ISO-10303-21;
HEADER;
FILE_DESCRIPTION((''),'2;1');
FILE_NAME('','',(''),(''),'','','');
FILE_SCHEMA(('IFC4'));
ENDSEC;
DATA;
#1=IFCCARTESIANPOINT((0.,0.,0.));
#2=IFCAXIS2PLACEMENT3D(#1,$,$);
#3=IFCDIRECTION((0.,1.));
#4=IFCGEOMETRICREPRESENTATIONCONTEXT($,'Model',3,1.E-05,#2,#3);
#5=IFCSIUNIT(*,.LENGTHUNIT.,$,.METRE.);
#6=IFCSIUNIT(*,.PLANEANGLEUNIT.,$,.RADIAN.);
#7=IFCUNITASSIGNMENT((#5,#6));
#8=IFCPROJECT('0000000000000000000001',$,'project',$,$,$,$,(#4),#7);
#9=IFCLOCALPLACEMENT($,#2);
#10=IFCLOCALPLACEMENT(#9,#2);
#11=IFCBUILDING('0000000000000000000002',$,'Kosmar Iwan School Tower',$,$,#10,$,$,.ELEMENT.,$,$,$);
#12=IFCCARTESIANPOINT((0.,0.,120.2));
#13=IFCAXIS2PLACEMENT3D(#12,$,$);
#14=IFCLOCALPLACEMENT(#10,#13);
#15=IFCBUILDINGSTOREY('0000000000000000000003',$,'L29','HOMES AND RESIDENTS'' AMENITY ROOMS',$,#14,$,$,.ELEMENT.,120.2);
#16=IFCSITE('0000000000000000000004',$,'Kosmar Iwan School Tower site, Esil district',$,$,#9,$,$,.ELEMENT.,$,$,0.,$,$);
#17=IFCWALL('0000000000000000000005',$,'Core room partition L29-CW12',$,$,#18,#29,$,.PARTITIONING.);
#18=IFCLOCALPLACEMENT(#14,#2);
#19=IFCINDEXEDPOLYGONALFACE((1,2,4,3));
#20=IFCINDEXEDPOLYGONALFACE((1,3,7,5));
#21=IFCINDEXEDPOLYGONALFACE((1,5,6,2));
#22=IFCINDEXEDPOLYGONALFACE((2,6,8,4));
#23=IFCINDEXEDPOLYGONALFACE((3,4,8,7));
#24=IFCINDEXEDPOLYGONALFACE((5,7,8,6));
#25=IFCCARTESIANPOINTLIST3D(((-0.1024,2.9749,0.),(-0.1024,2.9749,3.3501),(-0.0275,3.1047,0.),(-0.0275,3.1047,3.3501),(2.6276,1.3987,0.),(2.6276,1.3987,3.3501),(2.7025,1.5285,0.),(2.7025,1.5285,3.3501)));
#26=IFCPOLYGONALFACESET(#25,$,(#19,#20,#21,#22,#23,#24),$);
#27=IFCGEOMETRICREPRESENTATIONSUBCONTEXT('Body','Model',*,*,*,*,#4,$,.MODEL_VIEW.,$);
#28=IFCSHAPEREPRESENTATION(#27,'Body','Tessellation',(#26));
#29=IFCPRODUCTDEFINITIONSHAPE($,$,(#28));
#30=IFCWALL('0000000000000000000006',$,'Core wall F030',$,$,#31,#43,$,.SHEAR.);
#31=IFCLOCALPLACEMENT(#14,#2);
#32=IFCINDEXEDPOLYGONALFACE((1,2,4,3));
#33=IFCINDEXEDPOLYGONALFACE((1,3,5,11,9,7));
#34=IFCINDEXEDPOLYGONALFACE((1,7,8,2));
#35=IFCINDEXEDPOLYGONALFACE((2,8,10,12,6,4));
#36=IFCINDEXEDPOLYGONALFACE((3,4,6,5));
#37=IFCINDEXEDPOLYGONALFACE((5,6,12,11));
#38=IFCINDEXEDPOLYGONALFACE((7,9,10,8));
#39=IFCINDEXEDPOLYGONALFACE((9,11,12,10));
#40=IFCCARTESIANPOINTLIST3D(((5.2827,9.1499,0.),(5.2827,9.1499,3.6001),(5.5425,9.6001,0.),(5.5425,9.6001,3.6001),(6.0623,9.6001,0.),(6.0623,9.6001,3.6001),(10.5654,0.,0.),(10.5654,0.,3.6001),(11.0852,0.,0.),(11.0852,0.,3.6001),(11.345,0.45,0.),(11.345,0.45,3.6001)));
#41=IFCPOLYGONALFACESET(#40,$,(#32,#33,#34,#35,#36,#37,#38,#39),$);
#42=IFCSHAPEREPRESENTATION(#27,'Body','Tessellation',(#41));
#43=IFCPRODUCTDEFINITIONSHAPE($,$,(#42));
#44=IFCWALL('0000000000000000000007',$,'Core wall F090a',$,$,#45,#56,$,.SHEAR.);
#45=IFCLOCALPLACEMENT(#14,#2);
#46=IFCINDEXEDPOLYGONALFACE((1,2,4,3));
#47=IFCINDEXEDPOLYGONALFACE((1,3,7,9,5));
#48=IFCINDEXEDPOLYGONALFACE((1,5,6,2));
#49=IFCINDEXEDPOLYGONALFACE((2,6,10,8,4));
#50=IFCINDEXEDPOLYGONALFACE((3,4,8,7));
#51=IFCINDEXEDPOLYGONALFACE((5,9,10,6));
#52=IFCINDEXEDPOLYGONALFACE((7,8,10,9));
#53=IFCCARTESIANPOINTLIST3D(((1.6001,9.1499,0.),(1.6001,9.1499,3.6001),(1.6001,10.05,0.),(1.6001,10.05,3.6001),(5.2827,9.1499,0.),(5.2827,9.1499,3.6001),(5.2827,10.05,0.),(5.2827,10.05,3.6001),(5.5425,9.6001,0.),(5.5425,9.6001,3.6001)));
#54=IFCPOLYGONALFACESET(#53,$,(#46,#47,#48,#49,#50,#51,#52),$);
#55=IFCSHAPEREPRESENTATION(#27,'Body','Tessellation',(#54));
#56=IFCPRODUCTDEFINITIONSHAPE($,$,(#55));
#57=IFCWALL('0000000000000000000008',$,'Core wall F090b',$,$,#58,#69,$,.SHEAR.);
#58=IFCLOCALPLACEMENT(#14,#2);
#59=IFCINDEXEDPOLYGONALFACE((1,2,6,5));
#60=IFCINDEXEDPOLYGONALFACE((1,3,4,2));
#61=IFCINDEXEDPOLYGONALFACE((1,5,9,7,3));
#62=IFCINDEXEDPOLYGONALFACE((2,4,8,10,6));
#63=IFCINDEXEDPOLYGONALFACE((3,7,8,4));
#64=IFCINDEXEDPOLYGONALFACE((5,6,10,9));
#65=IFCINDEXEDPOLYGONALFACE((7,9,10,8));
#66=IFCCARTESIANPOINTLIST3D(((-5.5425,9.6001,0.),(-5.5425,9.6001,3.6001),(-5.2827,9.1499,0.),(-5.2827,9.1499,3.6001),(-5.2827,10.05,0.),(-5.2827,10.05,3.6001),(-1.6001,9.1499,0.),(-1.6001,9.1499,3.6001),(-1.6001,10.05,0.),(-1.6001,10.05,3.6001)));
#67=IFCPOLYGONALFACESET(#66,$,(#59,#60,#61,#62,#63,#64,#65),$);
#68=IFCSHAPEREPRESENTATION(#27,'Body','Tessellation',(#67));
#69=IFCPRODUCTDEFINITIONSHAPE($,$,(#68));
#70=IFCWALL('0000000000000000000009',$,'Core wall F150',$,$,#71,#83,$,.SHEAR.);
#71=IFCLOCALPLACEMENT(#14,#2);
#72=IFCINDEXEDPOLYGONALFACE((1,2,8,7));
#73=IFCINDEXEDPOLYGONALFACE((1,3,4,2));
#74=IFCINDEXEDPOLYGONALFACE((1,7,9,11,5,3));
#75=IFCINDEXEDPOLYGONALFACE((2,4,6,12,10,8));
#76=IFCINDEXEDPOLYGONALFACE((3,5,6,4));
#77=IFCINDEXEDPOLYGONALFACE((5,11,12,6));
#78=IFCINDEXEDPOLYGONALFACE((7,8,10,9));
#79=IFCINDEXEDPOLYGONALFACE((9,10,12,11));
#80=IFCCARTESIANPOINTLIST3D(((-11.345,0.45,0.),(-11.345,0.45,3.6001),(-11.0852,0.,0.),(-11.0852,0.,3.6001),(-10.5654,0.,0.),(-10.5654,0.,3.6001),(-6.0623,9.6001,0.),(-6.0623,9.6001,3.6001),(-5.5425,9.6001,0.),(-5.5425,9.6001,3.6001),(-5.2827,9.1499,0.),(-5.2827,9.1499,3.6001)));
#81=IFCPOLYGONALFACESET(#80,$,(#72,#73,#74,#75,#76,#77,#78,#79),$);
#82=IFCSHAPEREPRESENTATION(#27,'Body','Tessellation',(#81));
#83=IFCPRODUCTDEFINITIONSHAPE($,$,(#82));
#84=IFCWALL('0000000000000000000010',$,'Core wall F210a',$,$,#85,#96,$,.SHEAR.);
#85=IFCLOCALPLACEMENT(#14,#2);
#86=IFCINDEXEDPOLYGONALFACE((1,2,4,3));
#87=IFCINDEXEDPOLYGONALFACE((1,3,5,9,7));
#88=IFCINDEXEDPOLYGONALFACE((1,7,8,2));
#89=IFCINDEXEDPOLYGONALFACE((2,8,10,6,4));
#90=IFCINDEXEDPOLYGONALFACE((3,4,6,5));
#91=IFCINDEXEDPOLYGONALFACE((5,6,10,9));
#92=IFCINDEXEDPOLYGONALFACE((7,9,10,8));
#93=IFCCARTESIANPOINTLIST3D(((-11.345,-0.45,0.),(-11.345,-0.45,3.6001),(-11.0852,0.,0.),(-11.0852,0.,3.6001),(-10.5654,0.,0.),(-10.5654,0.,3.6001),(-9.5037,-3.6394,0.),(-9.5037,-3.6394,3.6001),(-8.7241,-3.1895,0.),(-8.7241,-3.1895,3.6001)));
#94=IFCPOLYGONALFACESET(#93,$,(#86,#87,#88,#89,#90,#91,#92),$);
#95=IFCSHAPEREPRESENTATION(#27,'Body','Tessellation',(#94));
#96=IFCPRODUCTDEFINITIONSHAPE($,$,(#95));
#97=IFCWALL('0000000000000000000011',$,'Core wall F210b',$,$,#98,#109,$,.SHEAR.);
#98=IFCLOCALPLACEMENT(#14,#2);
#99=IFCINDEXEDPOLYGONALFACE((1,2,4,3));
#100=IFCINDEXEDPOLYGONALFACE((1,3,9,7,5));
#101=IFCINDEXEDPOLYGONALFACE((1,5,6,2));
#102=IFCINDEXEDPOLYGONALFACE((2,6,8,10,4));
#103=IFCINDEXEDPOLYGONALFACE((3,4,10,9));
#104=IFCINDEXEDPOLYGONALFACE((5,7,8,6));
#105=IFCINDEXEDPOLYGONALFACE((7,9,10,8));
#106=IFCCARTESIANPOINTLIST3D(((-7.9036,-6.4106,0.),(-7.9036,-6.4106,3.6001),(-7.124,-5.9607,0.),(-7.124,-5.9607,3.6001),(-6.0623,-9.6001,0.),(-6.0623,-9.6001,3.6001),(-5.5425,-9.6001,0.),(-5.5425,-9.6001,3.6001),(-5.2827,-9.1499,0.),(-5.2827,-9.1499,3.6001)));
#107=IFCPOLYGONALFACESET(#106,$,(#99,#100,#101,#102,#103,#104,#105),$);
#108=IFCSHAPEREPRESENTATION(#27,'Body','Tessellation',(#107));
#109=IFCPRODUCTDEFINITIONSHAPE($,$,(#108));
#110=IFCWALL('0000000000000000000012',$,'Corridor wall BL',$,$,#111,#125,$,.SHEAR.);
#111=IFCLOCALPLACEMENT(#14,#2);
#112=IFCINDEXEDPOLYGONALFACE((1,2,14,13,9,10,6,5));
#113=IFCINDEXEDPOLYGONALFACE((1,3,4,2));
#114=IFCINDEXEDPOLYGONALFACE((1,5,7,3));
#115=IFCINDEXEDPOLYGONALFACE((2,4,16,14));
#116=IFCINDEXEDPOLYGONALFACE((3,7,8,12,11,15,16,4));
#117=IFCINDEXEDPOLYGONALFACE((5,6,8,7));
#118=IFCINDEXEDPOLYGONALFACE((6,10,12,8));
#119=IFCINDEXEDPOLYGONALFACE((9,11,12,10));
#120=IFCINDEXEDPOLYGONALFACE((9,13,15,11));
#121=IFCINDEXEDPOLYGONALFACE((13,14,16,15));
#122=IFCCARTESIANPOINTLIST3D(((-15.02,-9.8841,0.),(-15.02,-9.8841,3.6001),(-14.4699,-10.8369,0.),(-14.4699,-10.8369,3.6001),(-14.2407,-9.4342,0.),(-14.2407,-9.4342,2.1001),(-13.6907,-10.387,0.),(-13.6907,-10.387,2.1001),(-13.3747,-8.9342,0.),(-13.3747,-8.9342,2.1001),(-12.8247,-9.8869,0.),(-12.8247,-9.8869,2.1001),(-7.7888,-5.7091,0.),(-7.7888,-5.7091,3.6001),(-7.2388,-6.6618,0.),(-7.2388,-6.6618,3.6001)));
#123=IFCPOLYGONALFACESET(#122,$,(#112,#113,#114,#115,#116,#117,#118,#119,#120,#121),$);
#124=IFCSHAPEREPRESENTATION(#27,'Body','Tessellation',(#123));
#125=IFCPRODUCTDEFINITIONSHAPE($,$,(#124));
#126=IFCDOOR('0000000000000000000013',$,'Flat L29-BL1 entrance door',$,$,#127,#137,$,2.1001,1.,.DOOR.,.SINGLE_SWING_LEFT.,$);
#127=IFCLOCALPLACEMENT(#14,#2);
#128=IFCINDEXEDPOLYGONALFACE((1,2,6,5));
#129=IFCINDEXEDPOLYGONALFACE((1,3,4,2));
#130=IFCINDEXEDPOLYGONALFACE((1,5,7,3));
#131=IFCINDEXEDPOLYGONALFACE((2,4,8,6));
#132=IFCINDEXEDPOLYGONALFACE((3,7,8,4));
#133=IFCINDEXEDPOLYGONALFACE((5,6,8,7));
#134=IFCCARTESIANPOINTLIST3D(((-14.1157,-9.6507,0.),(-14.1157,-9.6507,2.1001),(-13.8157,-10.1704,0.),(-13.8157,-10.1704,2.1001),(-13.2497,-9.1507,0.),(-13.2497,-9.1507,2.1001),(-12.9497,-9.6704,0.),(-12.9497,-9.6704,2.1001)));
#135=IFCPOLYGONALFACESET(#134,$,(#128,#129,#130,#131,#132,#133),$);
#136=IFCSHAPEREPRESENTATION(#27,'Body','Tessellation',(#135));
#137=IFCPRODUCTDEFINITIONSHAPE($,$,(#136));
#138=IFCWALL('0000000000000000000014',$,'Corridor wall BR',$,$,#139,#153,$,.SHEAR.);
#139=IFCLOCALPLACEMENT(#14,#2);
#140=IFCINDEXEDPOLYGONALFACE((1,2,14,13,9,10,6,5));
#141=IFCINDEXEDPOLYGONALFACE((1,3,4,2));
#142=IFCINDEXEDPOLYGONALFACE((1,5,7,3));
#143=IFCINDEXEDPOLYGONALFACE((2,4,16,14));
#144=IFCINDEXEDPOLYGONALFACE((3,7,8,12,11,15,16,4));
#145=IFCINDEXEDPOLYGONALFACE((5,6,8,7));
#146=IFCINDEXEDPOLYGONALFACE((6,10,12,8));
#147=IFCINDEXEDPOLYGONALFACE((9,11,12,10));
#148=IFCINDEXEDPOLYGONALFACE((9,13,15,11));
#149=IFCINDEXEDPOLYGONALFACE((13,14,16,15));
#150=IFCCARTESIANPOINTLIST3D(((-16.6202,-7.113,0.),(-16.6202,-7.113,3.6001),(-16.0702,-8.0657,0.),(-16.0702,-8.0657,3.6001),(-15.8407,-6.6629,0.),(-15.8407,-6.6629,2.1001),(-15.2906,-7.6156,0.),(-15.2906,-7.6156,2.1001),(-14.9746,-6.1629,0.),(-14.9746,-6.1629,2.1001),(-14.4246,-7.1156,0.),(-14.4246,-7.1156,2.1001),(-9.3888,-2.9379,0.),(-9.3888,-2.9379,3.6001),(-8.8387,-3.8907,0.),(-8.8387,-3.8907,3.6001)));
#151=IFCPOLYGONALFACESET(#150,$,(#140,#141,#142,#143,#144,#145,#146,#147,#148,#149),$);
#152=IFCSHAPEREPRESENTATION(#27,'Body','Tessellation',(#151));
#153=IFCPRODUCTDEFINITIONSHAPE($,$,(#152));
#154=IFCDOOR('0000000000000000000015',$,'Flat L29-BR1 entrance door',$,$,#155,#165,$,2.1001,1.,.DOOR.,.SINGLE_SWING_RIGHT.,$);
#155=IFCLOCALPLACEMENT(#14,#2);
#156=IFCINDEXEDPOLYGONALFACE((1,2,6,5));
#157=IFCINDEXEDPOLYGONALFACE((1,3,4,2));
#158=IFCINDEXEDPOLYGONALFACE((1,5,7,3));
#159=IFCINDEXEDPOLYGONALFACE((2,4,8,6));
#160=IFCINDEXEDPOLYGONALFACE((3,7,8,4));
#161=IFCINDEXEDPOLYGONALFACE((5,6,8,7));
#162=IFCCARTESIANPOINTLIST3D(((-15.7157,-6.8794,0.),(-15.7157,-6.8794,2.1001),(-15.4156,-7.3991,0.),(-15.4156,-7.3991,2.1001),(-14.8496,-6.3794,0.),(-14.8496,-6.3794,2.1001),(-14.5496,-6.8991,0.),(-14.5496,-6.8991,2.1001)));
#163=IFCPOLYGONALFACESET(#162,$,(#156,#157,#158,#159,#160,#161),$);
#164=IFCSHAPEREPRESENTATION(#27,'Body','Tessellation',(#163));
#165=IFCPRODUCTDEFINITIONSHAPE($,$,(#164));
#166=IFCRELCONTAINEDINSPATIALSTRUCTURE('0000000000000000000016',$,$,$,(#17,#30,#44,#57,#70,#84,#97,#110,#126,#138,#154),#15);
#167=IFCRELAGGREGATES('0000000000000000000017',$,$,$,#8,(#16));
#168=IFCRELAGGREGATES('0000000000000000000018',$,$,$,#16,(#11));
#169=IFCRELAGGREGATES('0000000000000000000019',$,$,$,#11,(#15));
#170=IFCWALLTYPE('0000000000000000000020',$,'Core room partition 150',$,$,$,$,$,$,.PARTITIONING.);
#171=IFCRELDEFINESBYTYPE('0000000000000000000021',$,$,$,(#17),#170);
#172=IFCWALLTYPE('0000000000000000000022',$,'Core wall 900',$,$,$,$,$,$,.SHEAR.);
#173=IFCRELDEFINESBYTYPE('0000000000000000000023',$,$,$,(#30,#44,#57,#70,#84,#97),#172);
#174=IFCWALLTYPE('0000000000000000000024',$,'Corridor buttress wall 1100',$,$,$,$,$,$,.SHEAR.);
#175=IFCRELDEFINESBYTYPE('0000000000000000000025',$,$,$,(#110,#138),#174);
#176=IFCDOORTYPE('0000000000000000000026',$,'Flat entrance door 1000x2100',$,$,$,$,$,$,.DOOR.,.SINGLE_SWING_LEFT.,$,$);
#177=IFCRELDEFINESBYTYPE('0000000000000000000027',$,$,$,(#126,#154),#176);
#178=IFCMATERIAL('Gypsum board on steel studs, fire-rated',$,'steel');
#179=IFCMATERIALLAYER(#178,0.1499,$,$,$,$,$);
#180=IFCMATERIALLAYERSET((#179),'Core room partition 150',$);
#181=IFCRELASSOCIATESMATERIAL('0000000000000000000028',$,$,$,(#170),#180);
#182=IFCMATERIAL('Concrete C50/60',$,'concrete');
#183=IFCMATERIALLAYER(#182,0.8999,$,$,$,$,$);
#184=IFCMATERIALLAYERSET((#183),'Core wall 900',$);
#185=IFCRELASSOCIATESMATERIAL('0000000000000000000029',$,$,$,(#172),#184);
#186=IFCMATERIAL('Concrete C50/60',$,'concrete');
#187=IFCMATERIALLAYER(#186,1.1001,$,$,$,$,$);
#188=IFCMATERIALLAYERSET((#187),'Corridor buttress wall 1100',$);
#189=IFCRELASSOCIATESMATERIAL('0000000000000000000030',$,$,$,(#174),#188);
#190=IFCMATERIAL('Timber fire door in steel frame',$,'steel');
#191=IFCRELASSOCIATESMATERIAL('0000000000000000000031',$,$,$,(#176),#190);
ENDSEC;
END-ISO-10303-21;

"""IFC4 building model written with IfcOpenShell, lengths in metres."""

from ifc_helpers import new_model, si_unit, direction, frame, frame_2d, origin, place, context, subcontext, project, spatial, polyline, rectangle, outline, extrude, material, layer, layer_set, type_object, element, fill, save


model = new_model("IFC4")

# Units and contexts
model_context = context("Model", 3, precision=1e-05, world=origin(), true_north=direction((0.0, 1.0)))
body_context = subcontext(model_context, "Body", "Model", "MODEL_VIEW")
ifc_project = project(units=[si_unit("LENGTHUNIT", "METRE"), si_unit("PLANEANGLEUNIT", "RADIAN")], contexts=[model_context])

# Site, building, storey
site_placement = place(None, origin())
site = spatial("IfcSite", under=ifc_project, at=site_placement, Name="Kosmar Iwan School Tower site, Esil district", CompositionType="ELEMENT", RefElevation=0.0)
building_placement = place(site_placement, origin())
building = spatial("IfcBuilding", under=site, at=building_placement, Name="Kosmar Iwan School Tower", CompositionType="ELEMENT")
storey_placement = place(building_placement, frame((0.0, 0.0, 120.2)))
storey = spatial("IfcBuildingStorey", under=building, at=storey_placement, Name="L29", Description="HOMES AND RESIDENTS' AMENITY ROOMS", CompositionType="ELEMENT", Elevation=120.2)

# Shared definitions
ifc_material_1 = material(Name="Gypsum board on steel studs, fire-rated", Category="steel")
ifc_layer_1 = layer(ifc_material_1, 0.1499)
ifc_layer_set_1 = layer_set([ifc_layer_1], Name="Core room partition 150")
wall_type_1 = type_object("IfcWallType", Name="Core room partition 150", PredefinedType="PARTITIONING", material=ifc_layer_set_1)

# Walls
for number, where, z_axis, x_axis, name in (
    (1, (-0.0649, 3.0398, 0.0), (0.0, 0.0, 1.0), (0.866023, -0.500004, 0.0), "Core room partition L29-CW12"),
):
    element("IfcWall", number, at=place(storey_placement, frame(where, z_axis=z_axis, x_axis=x_axis)), inside=storey, type_object=wall_type_1, Name=name, PredefinedType="PARTITIONING", context=body_context, shape_type="SweptSolid", body=[
        extrude(rectangle(XDim=3.1523, YDim=0.1499, at=frame_2d((1.5762, 0.0))), origin(), (0.0, 0.0, 1.0), 3.3501),
    ])
ifc_material_2 = material(Name="Concrete C50/60", Category="concrete")
ifc_layer_2 = layer(ifc_material_2, 0.8999)
ifc_layer_set_2 = layer_set([ifc_layer_2], Name="Core wall 900")
wall_type_2 = type_object("IfcWallType", Name="Core wall 900", PredefinedType="SHEAR", material=ifc_layer_set_2)
wall_1_placement = place(storey_placement, origin())
element("IfcWall", 2, at=wall_1_placement, inside=storey, type_object=wall_type_2, Name="Core wall F030", PredefinedType="SHEAR", context=body_context, shape_type="SweptSolid", body=[
    extrude(outline(polyline([(10.5654, 0.0), (11.0852, 0.0), (11.345, 0.45), (6.0623, 9.6001), (5.5425, 9.6001), (5.2827, 9.1499), (10.5654, 0.0)])), origin(), (0.0, 0.0, 1.0), 3.6001),
])
wall_2_placement = place(storey_placement, origin())
element("IfcWall", 3, at=wall_2_placement, inside=storey, type_object=wall_type_2, Name="Core wall F090a", PredefinedType="SHEAR", context=body_context, shape_type="SweptSolid", body=[
    extrude(outline(polyline([(1.6001, 9.1499), (5.2827, 9.1499), (5.5425, 9.6001), (5.2827, 10.05), (1.6001, 10.05), (1.6001, 9.1499)])), origin(), (0.0, 0.0, 1.0), 3.6001),
])
wall_3_placement = place(storey_placement, origin())
element("IfcWall", 4, at=wall_3_placement, inside=storey, type_object=wall_type_2, Name="Core wall F090b", PredefinedType="SHEAR", context=body_context, shape_type="SweptSolid", body=[
    extrude(outline(polyline([(-5.2827, 9.1499), (-1.6001, 9.1499), (-1.6001, 10.05), (-5.2827, 10.05), (-5.5425, 9.6001), (-5.2827, 9.1499)])), origin(), (0.0, 0.0, 1.0), 3.6001),
])
wall_4_placement = place(storey_placement, origin())
element("IfcWall", 5, at=wall_4_placement, inside=storey, type_object=wall_type_2, Name="Core wall F150", PredefinedType="SHEAR", context=body_context, shape_type="SweptSolid", body=[
    extrude(outline(polyline([(-11.0852, 0.0), (-10.5654, 0.0), (-5.2827, 9.1499), (-5.5425, 9.6001), (-6.0623, 9.6001), (-11.345, 0.45), (-11.0852, 0.0)])), origin(), (0.0, 0.0, 1.0), 3.6001),
])
wall_5_placement = place(storey_placement, origin())
element("IfcWall", 6, at=wall_5_placement, inside=storey, type_object=wall_type_2, Name="Core wall F210a", PredefinedType="SHEAR", context=body_context, shape_type="SweptSolid", body=[
    extrude(outline(polyline([(-9.5037, -3.6394), (-8.7241, -3.1895), (-10.5654, 0.0), (-11.0852, 0.0), (-11.345, -0.45), (-9.5037, -3.6394)])), origin(), (0.0, 0.0, 1.0), 3.6001),
])
wall_6_placement = place(storey_placement, origin())
element("IfcWall", 7, at=wall_6_placement, inside=storey, type_object=wall_type_2, Name="Core wall F210b", PredefinedType="SHEAR", context=body_context, shape_type="SweptSolid", body=[
    extrude(outline(polyline([(-6.0623, -9.6001), (-5.5425, -9.6001), (-5.2827, -9.1499), (-7.124, -5.9607), (-7.9036, -6.4106), (-6.0623, -9.6001)])), origin(), (0.0, 0.0, 1.0), 3.6001),
])

# Walls, openings, doors
ifc_material_3 = material(Name="Concrete C50/60", Category="concrete")
ifc_layer_3 = layer(ifc_material_3, 1.1001)
ifc_layer_set_3 = layer_set([ifc_layer_3], Name="Corridor buttress wall 1100")
wall_type_3 = type_object("IfcWallType", Name="Corridor buttress wall 1100", PredefinedType="SHEAR", material=ifc_layer_set_3)
wall_7_placement = place(storey_placement, frame((-7.5139, -6.1855, 0.0), z_axis=(0.0, 0.0, 1.0), x_axis=(-0.86602, -0.50001, 0.0)))
wall_7 = element("IfcWall", 8, at=wall_7_placement, inside=storey, type_object=wall_type_3, Name="Corridor wall BL", PredefinedType="SHEAR", context=body_context, shape_type="SweptSolid", body=[
    extrude(rectangle(XDim=8.3499, YDim=1.1001, at=frame_2d((4.1748, 0.0))), origin(), (0.0, 0.0, 1.0), 3.6001),
])
opening_1_placement = place(wall_7_placement, frame((6.45, 0.0, 0.0)))
opening_1 = element("IfcOpeningElement", 9, at=opening_1_placement, cuts=wall_7, PredefinedType="OPENING", context=body_context, shape_type="SweptSolid", body=[
    extrude(rectangle(XDim=1.0, YDim=2.1001, at=frame_2d((0.5, 1.05))), frame((0.0, 0.562, 0.0), z_axis=(0.0, -1.0, 0.0), x_axis=(1.0, 0.0, 0.0)), (0.0, 0.0, 1.0), 1.124),
])
ifc_material_4 = material(Name="Timber fire door in steel frame", Category="steel")
door_type_1 = type_object("IfcDoorType", Name="Flat entrance door 1000x2100", OperationType="SINGLE_SWING_LEFT", PredefinedType="DOOR", material=ifc_material_4)
door_1_placement = place(opening_1_placement, origin())
door_1 = element("IfcDoor", 10, at=door_1_placement, inside=storey, type_object=door_type_1, Name="Flat L29-BL1 entrance door", OperationType="SINGLE_SWING_LEFT", OverallHeight=2.1001, OverallWidth=1.0, PredefinedType="DOOR", context=body_context, shape_type="SweptSolid", body=[
    extrude(rectangle(XDim=1.0, YDim=2.1001, at=frame_2d((0.5, 1.05))), frame((0.0, 0.3, 0.0), z_axis=(0.0, -1.0, 0.0), x_axis=(1.0, 0.0, 0.0)), (0.0, 0.0, 1.0), 0.6001),
])
fill(opening_1, door_1)
wall_8_placement = place(storey_placement, frame((-9.1138, -3.4143, 0.0), z_axis=(0.0, 0.0, 1.0), x_axis=(-0.866027, -0.499997, 0.0)))
wall_8 = element("IfcWall", 11, at=wall_8_placement, inside=storey, type_object=wall_type_3, Name="Corridor wall BR", PredefinedType="SHEAR", context=body_context, shape_type="SweptSolid", body=[
    extrude(rectangle(XDim=8.3501, YDim=1.1001, at=frame_2d((4.175, 0.0))), origin(), (0.0, 0.0, 1.0), 3.6001),
])
opening_2_placement = place(wall_8_placement, frame((6.45, 0.0, 0.0)))
opening_2 = element("IfcOpeningElement", 12, at=opening_2_placement, cuts=wall_8, PredefinedType="OPENING", context=body_context, shape_type="SweptSolid", body=[
    extrude(rectangle(XDim=1.0, YDim=2.1001, at=frame_2d((0.5, 1.05))), frame((0.0, 0.562, 0.0), z_axis=(0.0, -1.0, 0.0), x_axis=(1.0, 0.0, 0.0)), (0.0, 0.0, 1.0), 1.124),
])
door_2_placement = place(opening_2_placement, origin())
door_2 = element("IfcDoor", 13, at=door_2_placement, inside=storey, type_object=door_type_1, Name="Flat L29-BR1 entrance door", OperationType="SINGLE_SWING_RIGHT", OverallHeight=2.1001, OverallWidth=1.0, PredefinedType="DOOR", context=body_context, shape_type="SweptSolid", body=[
    extrude(rectangle(XDim=1.0, YDim=2.1001, at=frame_2d((0.5, 1.05))), frame((0.0, 0.3, 0.0), z_axis=(0.0, -1.0, 0.0), x_axis=(1.0, 0.0, 0.0)), (0.0, 0.0, 1.0), 0.6001),
])
fill(opening_2, door_2)

save(model, "model.ifc")
